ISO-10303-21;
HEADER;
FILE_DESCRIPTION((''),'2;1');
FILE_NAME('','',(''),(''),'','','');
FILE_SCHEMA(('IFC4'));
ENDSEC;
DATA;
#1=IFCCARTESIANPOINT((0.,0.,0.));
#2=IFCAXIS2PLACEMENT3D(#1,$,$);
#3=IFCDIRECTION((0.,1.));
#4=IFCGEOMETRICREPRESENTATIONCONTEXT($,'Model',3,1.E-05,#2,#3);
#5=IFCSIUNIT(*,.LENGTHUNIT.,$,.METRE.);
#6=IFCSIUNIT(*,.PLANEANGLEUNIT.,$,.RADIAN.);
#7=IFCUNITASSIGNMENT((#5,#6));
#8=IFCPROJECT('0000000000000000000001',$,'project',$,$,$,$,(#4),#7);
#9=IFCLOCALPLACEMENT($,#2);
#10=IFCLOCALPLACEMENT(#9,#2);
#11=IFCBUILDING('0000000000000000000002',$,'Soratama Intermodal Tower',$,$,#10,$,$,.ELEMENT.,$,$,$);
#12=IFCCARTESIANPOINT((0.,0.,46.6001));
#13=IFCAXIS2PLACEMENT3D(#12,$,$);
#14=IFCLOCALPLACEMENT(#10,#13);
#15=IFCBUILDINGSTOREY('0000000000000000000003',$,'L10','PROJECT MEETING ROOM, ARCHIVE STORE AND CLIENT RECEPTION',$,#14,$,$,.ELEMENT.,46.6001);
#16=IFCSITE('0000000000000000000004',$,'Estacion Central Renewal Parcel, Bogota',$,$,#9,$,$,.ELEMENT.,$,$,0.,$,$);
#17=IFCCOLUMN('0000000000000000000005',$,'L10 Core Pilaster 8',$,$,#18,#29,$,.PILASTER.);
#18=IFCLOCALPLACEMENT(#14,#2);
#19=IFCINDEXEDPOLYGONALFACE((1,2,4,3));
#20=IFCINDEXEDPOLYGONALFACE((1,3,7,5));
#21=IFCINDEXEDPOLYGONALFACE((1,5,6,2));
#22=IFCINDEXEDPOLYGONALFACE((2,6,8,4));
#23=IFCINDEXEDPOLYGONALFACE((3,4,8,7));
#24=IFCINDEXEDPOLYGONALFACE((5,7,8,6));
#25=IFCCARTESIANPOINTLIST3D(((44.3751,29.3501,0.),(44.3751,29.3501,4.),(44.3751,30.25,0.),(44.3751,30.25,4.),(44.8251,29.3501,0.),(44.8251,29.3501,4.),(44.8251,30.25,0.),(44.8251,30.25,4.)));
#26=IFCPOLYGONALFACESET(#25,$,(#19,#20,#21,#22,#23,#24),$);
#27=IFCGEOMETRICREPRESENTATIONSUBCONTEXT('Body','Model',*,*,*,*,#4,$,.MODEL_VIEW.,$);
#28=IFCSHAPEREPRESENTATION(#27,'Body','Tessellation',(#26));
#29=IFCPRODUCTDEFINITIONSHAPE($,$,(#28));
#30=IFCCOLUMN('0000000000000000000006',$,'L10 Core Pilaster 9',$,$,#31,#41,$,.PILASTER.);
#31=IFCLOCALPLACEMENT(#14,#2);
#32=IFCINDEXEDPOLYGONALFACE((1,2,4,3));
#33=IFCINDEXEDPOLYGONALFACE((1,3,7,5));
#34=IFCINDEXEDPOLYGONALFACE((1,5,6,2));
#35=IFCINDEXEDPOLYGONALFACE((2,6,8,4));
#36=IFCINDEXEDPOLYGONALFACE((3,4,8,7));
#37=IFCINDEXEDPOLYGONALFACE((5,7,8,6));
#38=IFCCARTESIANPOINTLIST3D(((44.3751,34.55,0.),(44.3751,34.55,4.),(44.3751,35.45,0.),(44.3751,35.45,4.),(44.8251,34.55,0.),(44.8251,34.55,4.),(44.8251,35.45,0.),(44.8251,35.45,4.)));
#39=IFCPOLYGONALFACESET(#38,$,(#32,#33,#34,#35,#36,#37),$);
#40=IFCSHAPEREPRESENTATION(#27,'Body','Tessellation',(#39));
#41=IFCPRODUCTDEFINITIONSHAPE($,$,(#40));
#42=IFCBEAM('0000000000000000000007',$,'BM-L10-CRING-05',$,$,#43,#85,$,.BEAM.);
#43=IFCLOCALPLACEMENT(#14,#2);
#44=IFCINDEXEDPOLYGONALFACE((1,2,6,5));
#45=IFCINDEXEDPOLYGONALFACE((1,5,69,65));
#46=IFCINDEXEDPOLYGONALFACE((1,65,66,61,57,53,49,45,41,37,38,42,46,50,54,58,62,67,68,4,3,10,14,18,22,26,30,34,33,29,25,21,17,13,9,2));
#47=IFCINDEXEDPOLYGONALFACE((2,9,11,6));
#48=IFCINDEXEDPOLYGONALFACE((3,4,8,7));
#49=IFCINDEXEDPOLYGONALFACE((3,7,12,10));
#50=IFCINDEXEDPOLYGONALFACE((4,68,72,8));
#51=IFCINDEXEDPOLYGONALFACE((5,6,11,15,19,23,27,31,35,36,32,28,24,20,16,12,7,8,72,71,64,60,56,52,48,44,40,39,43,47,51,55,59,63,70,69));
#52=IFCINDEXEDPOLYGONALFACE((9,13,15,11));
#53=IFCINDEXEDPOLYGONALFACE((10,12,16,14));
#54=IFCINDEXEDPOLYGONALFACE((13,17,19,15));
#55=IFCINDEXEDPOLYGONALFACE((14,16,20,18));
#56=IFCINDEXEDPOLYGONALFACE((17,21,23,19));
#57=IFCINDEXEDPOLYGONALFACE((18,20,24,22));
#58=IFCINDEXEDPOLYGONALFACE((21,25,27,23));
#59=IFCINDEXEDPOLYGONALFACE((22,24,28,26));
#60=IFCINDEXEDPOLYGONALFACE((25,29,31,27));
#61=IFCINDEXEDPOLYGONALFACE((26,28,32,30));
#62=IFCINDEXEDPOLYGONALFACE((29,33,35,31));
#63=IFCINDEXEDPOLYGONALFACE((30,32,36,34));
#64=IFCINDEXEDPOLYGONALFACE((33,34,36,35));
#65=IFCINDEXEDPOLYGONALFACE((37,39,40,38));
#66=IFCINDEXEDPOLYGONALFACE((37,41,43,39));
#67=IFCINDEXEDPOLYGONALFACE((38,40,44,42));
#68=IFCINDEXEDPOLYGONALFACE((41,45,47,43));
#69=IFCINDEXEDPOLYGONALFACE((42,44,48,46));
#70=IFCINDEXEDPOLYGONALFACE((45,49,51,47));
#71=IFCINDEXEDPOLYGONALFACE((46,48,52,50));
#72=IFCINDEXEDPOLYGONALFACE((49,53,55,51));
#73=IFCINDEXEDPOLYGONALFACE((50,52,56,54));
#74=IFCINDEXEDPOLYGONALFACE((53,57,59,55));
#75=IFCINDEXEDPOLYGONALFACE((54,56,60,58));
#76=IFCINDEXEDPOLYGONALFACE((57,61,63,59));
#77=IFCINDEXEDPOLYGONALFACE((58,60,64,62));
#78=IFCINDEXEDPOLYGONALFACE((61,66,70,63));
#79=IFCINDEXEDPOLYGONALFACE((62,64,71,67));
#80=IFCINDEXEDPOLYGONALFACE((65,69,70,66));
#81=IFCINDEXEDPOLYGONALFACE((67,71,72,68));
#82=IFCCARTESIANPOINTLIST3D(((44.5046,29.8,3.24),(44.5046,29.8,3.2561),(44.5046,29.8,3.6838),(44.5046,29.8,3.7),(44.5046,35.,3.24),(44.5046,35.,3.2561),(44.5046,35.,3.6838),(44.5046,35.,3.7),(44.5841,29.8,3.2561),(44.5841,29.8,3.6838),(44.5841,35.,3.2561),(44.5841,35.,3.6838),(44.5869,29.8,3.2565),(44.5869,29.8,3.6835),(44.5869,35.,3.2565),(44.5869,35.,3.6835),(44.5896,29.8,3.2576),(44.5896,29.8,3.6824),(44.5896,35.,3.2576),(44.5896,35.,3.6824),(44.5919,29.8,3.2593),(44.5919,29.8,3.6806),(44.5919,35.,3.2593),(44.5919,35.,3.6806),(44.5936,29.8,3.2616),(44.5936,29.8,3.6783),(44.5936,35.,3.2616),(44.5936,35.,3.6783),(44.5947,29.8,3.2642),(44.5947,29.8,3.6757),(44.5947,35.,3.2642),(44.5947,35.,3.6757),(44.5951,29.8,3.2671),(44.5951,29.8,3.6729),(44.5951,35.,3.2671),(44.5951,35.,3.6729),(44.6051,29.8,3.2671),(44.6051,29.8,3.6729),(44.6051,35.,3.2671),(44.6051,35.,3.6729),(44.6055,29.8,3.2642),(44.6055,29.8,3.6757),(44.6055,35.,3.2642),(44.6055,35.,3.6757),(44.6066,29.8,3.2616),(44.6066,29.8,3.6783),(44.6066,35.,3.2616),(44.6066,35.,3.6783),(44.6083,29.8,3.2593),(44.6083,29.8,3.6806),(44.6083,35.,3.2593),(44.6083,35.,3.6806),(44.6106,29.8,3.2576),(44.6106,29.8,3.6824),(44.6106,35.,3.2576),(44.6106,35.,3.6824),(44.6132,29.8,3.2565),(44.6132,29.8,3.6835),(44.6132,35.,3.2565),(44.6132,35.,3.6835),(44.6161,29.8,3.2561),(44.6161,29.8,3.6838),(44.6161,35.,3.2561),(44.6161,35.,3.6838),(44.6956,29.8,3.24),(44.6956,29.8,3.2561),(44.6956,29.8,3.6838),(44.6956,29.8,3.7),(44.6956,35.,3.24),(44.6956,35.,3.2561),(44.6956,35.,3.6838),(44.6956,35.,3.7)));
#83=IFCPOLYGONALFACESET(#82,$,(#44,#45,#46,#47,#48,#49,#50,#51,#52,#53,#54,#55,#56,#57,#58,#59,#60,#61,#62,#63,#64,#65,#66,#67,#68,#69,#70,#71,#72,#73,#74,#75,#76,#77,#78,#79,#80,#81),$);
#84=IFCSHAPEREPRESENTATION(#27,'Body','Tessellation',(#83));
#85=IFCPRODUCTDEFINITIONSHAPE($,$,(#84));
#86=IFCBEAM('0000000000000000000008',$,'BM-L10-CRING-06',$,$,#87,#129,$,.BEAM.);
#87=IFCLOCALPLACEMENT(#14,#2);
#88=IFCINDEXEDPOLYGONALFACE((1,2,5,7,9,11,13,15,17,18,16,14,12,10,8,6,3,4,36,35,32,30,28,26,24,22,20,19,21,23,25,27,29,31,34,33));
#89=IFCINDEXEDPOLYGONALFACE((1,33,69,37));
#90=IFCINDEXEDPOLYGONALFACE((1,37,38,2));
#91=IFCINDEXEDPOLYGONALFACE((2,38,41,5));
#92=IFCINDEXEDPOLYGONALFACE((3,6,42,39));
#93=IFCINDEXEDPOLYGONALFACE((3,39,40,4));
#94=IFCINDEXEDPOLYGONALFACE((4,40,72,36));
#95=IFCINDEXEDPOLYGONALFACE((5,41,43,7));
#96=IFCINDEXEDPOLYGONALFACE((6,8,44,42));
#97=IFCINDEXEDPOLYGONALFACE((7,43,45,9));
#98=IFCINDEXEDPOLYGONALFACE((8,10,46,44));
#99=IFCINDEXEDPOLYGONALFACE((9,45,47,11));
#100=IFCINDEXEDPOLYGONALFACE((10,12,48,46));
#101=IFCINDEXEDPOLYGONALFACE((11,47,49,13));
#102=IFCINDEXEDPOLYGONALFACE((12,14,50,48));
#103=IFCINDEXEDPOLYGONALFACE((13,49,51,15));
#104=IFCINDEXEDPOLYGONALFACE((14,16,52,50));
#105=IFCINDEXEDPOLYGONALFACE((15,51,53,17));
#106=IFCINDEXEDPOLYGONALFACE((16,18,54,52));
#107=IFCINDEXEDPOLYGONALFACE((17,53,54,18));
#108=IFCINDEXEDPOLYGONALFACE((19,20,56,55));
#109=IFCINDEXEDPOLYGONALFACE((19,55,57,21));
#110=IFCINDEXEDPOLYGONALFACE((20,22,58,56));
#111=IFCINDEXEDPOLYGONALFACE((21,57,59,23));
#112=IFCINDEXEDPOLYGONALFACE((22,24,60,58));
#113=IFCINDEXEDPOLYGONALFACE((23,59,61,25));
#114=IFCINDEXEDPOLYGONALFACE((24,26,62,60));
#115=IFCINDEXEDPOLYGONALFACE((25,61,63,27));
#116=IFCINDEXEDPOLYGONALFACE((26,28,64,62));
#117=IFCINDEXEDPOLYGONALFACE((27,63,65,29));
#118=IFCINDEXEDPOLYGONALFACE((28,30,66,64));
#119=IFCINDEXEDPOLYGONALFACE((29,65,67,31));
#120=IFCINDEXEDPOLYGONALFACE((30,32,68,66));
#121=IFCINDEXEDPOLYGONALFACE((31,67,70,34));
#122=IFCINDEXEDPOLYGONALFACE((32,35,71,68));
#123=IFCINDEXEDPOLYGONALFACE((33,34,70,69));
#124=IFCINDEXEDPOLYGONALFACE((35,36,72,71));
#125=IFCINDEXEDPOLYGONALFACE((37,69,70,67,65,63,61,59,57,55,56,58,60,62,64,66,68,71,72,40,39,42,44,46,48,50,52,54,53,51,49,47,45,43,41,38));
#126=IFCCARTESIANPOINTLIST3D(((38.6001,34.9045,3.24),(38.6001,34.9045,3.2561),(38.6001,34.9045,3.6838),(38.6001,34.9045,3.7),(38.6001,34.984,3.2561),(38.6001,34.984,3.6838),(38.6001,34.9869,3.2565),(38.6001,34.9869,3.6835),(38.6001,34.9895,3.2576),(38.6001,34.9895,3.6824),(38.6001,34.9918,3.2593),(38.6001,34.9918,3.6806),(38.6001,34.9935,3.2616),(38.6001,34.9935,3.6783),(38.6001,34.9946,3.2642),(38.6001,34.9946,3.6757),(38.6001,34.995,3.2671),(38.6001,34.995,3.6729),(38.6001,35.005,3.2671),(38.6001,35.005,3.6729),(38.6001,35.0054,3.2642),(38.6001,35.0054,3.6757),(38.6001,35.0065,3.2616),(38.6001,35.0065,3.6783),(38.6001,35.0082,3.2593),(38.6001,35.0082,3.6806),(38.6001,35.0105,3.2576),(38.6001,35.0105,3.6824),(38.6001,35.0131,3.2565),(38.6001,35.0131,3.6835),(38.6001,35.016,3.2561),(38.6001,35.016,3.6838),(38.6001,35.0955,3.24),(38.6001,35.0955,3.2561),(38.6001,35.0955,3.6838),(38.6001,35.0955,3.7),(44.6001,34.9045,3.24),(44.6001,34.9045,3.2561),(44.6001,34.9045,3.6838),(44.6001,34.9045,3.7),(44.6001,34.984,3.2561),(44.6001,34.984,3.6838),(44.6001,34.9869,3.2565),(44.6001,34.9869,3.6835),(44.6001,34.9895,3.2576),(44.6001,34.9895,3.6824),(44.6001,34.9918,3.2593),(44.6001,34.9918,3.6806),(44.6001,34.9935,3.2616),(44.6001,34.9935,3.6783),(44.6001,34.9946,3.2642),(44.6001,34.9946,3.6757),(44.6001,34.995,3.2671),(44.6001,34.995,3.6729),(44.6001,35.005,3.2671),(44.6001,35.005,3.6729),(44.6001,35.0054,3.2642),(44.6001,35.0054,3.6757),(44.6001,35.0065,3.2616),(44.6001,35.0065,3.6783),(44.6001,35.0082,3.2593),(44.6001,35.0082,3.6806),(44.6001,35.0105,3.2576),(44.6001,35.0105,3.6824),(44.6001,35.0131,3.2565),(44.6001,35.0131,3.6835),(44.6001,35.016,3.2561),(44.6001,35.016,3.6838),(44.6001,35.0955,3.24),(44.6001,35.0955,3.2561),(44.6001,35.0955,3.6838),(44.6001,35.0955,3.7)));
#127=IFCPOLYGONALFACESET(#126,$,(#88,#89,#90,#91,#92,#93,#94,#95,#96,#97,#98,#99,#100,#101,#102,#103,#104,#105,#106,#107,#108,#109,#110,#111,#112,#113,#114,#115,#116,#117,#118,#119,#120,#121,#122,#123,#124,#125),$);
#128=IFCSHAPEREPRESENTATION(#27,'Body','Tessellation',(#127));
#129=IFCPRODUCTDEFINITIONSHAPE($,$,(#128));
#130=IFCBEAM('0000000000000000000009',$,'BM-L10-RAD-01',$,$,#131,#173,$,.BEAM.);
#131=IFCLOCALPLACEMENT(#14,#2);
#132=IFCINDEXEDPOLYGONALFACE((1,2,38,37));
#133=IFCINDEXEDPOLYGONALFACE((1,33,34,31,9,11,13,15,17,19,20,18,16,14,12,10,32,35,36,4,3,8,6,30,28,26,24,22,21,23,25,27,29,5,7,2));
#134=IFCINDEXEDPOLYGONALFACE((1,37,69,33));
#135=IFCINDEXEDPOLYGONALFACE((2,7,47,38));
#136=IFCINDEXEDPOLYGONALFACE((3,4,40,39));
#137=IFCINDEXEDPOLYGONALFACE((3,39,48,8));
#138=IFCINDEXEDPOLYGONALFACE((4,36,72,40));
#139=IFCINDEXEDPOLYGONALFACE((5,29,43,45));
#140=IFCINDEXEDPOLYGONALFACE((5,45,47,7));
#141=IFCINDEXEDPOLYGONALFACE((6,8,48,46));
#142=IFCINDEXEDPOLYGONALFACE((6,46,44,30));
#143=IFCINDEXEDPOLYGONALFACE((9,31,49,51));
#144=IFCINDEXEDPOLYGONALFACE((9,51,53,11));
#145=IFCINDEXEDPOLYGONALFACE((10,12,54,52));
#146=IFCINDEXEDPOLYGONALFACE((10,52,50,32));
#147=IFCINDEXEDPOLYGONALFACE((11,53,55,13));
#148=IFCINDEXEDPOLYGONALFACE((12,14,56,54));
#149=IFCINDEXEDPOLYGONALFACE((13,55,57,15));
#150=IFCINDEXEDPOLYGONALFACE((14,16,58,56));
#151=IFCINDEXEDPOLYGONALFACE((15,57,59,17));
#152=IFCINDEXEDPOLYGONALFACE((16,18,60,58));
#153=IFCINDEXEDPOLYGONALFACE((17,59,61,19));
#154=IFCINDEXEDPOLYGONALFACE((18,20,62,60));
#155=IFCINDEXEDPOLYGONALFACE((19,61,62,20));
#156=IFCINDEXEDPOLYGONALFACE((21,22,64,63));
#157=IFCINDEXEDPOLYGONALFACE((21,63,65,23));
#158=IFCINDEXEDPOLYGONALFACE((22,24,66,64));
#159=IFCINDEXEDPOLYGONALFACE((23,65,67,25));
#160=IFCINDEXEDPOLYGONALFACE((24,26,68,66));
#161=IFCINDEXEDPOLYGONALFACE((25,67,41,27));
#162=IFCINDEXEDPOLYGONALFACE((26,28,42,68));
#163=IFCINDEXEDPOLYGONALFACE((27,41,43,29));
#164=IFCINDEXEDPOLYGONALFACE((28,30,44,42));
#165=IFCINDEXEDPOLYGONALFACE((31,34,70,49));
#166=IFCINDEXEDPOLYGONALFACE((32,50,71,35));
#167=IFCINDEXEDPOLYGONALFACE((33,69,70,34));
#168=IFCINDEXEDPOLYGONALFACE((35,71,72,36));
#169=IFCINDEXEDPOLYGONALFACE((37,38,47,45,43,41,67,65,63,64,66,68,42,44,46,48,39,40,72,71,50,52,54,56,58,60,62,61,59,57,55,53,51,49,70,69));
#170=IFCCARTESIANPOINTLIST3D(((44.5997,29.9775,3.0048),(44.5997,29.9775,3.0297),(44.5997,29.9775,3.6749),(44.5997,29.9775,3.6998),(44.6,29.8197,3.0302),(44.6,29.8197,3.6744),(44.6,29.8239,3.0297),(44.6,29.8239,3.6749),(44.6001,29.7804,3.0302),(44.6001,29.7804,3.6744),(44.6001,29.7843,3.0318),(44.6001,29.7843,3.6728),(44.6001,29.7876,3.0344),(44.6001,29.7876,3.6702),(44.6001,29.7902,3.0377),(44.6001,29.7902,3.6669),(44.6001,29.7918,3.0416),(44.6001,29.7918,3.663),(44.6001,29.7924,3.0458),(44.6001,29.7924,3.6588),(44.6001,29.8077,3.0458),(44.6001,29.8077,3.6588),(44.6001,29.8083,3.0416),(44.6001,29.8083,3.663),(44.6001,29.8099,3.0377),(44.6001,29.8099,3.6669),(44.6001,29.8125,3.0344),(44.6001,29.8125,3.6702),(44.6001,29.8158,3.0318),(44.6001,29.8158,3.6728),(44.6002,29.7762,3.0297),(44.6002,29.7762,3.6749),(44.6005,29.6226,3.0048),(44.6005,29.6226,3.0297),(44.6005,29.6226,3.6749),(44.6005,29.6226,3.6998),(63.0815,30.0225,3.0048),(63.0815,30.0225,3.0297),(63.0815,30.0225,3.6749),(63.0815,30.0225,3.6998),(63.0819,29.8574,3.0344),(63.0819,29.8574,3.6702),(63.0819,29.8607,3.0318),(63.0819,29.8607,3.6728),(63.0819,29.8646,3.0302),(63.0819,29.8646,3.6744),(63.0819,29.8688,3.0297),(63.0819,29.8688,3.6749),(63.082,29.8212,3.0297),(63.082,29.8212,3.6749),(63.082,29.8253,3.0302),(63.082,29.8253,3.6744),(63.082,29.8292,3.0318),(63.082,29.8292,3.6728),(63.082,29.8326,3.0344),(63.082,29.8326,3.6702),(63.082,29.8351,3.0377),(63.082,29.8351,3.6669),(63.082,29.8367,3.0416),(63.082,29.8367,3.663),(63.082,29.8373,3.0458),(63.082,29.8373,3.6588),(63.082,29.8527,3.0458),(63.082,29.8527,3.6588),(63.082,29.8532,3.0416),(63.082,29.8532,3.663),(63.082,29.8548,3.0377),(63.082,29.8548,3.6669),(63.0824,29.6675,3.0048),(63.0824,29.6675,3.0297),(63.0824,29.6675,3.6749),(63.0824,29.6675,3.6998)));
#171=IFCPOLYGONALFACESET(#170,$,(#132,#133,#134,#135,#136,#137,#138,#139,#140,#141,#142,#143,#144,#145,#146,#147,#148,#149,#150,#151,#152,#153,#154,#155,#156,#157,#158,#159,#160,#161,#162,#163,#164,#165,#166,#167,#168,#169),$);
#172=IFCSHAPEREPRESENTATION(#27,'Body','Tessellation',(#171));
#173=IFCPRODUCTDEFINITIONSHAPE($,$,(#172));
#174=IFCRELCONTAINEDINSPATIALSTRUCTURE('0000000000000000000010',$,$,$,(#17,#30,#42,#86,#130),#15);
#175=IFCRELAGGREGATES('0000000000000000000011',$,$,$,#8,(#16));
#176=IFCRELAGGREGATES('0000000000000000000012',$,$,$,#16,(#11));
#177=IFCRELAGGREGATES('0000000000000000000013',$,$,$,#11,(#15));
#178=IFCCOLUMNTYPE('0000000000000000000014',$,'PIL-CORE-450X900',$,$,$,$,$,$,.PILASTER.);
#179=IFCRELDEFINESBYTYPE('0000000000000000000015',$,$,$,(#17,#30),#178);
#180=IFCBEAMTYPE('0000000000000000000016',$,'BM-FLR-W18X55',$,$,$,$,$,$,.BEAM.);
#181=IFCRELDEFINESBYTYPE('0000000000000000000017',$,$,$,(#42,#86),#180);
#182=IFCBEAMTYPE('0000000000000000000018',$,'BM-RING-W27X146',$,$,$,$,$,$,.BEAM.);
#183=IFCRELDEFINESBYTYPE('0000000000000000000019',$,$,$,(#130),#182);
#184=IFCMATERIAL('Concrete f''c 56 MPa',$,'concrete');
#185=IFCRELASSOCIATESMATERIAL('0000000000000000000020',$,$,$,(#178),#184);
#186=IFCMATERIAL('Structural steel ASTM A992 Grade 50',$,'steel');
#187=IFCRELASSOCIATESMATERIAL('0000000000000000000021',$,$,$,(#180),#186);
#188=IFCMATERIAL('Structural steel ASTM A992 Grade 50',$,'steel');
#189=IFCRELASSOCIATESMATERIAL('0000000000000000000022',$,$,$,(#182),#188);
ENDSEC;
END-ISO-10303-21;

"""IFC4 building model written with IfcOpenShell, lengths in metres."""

from ifc_helpers import new_model, si_unit, direction, frame, origin, origin_2d, place, context, subcontext, project, spatial, rectangle, i_section, extrude, material, material_profile, profile_set, type_object, element, save


model = new_model("IFC4")

# Units and contexts
model_context = context("Model", 3, precision=1e-05, world=origin(), true_north=direction((0.0, 1.0)))
body_context = subcontext(model_context, "Body", "Model", "MODEL_VIEW")
ifc_project = project(units=[si_unit("LENGTHUNIT", "METRE"), si_unit("PLANEANGLEUNIT", "RADIAN")], contexts=[model_context])

# Site, building, storey
site_placement = place(None, origin())
site = spatial("IfcSite", under=ifc_project, at=site_placement, Name="Estacion Central Renewal Parcel, Bogota", CompositionType="ELEMENT", RefElevation=0.0)
building_placement = place(site_placement, origin())
building = spatial("IfcBuilding", under=site, at=building_placement, Name="Soratama Intermodal Tower", CompositionType="ELEMENT")
storey_placement = place(building_placement, frame((0.0, 0.0, 46.6001)))
storey = spatial("IfcBuildingStorey", under=building, at=storey_placement, Name="L10", Description="PROJECT MEETING ROOM, ARCHIVE STORE AND CLIENT RECEPTION", CompositionType="ELEMENT", Elevation=46.6001)

# Columns
ifc_material_1 = material(Name="Concrete f'c 56 MPa", Category="concrete")
ifc_material_profile_1 = material_profile(ifc_material_1, rectangle(XDim=0.45, YDim=0.8999, at=origin_2d()), Name="RC450X900")
ifc_profile_set_1 = profile_set([ifc_material_profile_1], Name="Concrete f'c 56 MPa")
column_type = type_object("IfcColumnType", Name="PIL-CORE-450X900", PredefinedType="PILASTER", material=ifc_profile_set_1)
for number, where, z_axis, x_axis, name in (
    (1, (44.6001, 29.8, 0.0), (0.0, 0.0, 1.0), (1.0, 0.0, 0.0), "L10 Core Pilaster 8"),
    (2, (44.6001, 35.0, 0.0), (0.0, 0.0, 1.0), (1.0, 0.0, 0.0), "L10 Core Pilaster 9"),
):
    element("IfcColumn", number, at=place(storey_placement, frame(where, z_axis=z_axis, x_axis=x_axis)), inside=storey, type_object=column_type, Name=name, PredefinedType="PILASTER", context=body_context, shape_type="SweptSolid", body=[
        extrude(rectangle(XDim=0.45, YDim=0.8999, at=origin_2d()), origin(), (0.0, 0.0, 1.0), 4.0),
    ])

# Beams
ifc_material_2 = material(Name="Structural steel ASTM A992 Grade 50", Category="steel")
ifc_material_profile_2 = material_profile(ifc_material_2, i_section(OverallWidth=0.1909, OverallDepth=0.46, WebThickness=0.01, FlangeThickness=0.0161, FilletRadius=0.011, at=origin_2d()), Name="W18X55")
ifc_profile_set_2 = profile_set([ifc_material_profile_2], Name="Structural steel ASTM A992 Grade 50")
beam_type_1 = type_object("IfcBeamType", Name="BM-FLR-W18X55", PredefinedType="BEAM", material=ifc_profile_set_2)
beam_1_placement = place(storey_placement, frame((44.6001, 29.8, 3.47), z_axis=(0.0, 1.0, 0.0), x_axis=(-1.0, 0.0, 0.0)))
element("IfcBeam", 3, at=beam_1_placement, inside=storey, type_object=beam_type_1, Name="BM-L10-CRING-05", PredefinedType="BEAM", context=body_context, shape_type="SweptSolid", body=[
    extrude(i_section(OverallWidth=0.1909, OverallDepth=0.46, WebThickness=0.01, FlangeThickness=0.0161, FilletRadius=0.011, at=origin_2d()), origin(), (0.0, 0.0, 1.0), 5.2),
])
beam_2_placement = place(storey_placement, frame((44.6001, 35.0, 3.47), z_axis=(-1.0, 0.0, 0.0), x_axis=(0.0, -1.0, 0.0)))
element("IfcBeam", 4, at=beam_2_placement, inside=storey, type_object=beam_type_1, Name="BM-L10-CRING-06", PredefinedType="BEAM", context=body_context, shape_type="SweptSolid", body=[
    extrude(i_section(OverallWidth=0.1909, OverallDepth=0.46, WebThickness=0.01, FlangeThickness=0.0161, FilletRadius=0.011, at=origin_2d()), origin(), (0.0, 0.0, 1.0), 6.0),
])
ifc_material_3 = material(Name="Structural steel ASTM A992 Grade 50", Category="steel")
ifc_material_profile_3 = material_profile(ifc_material_3, i_section(OverallWidth=0.355, OverallDepth=0.6951, WebThickness=0.0154, FlangeThickness=0.0249, FilletRadius=0.0161, at=origin_2d()), Name="W27X146")
ifc_profile_set_3 = profile_set([ifc_material_profile_3], Name="Structural steel ASTM A992 Grade 50")
beam_type_2 = type_object("IfcBeamType", Name="BM-RING-W27X146", PredefinedType="BEAM", material=ifc_profile_set_3)
beam_3_placement = place(storey_placement, frame((44.6001, 29.8, 3.3523), z_axis=(0.999997, 0.002431, 0.0), x_axis=(-0.002431, 0.999997, 0.0)))
element("IfcBeam", 5, at=beam_3_placement, inside=storey, type_object=beam_type_2, Name="BM-L10-RAD-01", PredefinedType="BEAM", context=body_context, shape_type="SweptSolid", body=[
    extrude(i_section(OverallWidth=0.355, OverallDepth=0.6951, WebThickness=0.0154, FlangeThickness=0.0249, FilletRadius=0.0161, at=origin_2d()), origin(), (0.0, 0.0, 1.0), 18.4819),
])

save(model, "model.ifc")
